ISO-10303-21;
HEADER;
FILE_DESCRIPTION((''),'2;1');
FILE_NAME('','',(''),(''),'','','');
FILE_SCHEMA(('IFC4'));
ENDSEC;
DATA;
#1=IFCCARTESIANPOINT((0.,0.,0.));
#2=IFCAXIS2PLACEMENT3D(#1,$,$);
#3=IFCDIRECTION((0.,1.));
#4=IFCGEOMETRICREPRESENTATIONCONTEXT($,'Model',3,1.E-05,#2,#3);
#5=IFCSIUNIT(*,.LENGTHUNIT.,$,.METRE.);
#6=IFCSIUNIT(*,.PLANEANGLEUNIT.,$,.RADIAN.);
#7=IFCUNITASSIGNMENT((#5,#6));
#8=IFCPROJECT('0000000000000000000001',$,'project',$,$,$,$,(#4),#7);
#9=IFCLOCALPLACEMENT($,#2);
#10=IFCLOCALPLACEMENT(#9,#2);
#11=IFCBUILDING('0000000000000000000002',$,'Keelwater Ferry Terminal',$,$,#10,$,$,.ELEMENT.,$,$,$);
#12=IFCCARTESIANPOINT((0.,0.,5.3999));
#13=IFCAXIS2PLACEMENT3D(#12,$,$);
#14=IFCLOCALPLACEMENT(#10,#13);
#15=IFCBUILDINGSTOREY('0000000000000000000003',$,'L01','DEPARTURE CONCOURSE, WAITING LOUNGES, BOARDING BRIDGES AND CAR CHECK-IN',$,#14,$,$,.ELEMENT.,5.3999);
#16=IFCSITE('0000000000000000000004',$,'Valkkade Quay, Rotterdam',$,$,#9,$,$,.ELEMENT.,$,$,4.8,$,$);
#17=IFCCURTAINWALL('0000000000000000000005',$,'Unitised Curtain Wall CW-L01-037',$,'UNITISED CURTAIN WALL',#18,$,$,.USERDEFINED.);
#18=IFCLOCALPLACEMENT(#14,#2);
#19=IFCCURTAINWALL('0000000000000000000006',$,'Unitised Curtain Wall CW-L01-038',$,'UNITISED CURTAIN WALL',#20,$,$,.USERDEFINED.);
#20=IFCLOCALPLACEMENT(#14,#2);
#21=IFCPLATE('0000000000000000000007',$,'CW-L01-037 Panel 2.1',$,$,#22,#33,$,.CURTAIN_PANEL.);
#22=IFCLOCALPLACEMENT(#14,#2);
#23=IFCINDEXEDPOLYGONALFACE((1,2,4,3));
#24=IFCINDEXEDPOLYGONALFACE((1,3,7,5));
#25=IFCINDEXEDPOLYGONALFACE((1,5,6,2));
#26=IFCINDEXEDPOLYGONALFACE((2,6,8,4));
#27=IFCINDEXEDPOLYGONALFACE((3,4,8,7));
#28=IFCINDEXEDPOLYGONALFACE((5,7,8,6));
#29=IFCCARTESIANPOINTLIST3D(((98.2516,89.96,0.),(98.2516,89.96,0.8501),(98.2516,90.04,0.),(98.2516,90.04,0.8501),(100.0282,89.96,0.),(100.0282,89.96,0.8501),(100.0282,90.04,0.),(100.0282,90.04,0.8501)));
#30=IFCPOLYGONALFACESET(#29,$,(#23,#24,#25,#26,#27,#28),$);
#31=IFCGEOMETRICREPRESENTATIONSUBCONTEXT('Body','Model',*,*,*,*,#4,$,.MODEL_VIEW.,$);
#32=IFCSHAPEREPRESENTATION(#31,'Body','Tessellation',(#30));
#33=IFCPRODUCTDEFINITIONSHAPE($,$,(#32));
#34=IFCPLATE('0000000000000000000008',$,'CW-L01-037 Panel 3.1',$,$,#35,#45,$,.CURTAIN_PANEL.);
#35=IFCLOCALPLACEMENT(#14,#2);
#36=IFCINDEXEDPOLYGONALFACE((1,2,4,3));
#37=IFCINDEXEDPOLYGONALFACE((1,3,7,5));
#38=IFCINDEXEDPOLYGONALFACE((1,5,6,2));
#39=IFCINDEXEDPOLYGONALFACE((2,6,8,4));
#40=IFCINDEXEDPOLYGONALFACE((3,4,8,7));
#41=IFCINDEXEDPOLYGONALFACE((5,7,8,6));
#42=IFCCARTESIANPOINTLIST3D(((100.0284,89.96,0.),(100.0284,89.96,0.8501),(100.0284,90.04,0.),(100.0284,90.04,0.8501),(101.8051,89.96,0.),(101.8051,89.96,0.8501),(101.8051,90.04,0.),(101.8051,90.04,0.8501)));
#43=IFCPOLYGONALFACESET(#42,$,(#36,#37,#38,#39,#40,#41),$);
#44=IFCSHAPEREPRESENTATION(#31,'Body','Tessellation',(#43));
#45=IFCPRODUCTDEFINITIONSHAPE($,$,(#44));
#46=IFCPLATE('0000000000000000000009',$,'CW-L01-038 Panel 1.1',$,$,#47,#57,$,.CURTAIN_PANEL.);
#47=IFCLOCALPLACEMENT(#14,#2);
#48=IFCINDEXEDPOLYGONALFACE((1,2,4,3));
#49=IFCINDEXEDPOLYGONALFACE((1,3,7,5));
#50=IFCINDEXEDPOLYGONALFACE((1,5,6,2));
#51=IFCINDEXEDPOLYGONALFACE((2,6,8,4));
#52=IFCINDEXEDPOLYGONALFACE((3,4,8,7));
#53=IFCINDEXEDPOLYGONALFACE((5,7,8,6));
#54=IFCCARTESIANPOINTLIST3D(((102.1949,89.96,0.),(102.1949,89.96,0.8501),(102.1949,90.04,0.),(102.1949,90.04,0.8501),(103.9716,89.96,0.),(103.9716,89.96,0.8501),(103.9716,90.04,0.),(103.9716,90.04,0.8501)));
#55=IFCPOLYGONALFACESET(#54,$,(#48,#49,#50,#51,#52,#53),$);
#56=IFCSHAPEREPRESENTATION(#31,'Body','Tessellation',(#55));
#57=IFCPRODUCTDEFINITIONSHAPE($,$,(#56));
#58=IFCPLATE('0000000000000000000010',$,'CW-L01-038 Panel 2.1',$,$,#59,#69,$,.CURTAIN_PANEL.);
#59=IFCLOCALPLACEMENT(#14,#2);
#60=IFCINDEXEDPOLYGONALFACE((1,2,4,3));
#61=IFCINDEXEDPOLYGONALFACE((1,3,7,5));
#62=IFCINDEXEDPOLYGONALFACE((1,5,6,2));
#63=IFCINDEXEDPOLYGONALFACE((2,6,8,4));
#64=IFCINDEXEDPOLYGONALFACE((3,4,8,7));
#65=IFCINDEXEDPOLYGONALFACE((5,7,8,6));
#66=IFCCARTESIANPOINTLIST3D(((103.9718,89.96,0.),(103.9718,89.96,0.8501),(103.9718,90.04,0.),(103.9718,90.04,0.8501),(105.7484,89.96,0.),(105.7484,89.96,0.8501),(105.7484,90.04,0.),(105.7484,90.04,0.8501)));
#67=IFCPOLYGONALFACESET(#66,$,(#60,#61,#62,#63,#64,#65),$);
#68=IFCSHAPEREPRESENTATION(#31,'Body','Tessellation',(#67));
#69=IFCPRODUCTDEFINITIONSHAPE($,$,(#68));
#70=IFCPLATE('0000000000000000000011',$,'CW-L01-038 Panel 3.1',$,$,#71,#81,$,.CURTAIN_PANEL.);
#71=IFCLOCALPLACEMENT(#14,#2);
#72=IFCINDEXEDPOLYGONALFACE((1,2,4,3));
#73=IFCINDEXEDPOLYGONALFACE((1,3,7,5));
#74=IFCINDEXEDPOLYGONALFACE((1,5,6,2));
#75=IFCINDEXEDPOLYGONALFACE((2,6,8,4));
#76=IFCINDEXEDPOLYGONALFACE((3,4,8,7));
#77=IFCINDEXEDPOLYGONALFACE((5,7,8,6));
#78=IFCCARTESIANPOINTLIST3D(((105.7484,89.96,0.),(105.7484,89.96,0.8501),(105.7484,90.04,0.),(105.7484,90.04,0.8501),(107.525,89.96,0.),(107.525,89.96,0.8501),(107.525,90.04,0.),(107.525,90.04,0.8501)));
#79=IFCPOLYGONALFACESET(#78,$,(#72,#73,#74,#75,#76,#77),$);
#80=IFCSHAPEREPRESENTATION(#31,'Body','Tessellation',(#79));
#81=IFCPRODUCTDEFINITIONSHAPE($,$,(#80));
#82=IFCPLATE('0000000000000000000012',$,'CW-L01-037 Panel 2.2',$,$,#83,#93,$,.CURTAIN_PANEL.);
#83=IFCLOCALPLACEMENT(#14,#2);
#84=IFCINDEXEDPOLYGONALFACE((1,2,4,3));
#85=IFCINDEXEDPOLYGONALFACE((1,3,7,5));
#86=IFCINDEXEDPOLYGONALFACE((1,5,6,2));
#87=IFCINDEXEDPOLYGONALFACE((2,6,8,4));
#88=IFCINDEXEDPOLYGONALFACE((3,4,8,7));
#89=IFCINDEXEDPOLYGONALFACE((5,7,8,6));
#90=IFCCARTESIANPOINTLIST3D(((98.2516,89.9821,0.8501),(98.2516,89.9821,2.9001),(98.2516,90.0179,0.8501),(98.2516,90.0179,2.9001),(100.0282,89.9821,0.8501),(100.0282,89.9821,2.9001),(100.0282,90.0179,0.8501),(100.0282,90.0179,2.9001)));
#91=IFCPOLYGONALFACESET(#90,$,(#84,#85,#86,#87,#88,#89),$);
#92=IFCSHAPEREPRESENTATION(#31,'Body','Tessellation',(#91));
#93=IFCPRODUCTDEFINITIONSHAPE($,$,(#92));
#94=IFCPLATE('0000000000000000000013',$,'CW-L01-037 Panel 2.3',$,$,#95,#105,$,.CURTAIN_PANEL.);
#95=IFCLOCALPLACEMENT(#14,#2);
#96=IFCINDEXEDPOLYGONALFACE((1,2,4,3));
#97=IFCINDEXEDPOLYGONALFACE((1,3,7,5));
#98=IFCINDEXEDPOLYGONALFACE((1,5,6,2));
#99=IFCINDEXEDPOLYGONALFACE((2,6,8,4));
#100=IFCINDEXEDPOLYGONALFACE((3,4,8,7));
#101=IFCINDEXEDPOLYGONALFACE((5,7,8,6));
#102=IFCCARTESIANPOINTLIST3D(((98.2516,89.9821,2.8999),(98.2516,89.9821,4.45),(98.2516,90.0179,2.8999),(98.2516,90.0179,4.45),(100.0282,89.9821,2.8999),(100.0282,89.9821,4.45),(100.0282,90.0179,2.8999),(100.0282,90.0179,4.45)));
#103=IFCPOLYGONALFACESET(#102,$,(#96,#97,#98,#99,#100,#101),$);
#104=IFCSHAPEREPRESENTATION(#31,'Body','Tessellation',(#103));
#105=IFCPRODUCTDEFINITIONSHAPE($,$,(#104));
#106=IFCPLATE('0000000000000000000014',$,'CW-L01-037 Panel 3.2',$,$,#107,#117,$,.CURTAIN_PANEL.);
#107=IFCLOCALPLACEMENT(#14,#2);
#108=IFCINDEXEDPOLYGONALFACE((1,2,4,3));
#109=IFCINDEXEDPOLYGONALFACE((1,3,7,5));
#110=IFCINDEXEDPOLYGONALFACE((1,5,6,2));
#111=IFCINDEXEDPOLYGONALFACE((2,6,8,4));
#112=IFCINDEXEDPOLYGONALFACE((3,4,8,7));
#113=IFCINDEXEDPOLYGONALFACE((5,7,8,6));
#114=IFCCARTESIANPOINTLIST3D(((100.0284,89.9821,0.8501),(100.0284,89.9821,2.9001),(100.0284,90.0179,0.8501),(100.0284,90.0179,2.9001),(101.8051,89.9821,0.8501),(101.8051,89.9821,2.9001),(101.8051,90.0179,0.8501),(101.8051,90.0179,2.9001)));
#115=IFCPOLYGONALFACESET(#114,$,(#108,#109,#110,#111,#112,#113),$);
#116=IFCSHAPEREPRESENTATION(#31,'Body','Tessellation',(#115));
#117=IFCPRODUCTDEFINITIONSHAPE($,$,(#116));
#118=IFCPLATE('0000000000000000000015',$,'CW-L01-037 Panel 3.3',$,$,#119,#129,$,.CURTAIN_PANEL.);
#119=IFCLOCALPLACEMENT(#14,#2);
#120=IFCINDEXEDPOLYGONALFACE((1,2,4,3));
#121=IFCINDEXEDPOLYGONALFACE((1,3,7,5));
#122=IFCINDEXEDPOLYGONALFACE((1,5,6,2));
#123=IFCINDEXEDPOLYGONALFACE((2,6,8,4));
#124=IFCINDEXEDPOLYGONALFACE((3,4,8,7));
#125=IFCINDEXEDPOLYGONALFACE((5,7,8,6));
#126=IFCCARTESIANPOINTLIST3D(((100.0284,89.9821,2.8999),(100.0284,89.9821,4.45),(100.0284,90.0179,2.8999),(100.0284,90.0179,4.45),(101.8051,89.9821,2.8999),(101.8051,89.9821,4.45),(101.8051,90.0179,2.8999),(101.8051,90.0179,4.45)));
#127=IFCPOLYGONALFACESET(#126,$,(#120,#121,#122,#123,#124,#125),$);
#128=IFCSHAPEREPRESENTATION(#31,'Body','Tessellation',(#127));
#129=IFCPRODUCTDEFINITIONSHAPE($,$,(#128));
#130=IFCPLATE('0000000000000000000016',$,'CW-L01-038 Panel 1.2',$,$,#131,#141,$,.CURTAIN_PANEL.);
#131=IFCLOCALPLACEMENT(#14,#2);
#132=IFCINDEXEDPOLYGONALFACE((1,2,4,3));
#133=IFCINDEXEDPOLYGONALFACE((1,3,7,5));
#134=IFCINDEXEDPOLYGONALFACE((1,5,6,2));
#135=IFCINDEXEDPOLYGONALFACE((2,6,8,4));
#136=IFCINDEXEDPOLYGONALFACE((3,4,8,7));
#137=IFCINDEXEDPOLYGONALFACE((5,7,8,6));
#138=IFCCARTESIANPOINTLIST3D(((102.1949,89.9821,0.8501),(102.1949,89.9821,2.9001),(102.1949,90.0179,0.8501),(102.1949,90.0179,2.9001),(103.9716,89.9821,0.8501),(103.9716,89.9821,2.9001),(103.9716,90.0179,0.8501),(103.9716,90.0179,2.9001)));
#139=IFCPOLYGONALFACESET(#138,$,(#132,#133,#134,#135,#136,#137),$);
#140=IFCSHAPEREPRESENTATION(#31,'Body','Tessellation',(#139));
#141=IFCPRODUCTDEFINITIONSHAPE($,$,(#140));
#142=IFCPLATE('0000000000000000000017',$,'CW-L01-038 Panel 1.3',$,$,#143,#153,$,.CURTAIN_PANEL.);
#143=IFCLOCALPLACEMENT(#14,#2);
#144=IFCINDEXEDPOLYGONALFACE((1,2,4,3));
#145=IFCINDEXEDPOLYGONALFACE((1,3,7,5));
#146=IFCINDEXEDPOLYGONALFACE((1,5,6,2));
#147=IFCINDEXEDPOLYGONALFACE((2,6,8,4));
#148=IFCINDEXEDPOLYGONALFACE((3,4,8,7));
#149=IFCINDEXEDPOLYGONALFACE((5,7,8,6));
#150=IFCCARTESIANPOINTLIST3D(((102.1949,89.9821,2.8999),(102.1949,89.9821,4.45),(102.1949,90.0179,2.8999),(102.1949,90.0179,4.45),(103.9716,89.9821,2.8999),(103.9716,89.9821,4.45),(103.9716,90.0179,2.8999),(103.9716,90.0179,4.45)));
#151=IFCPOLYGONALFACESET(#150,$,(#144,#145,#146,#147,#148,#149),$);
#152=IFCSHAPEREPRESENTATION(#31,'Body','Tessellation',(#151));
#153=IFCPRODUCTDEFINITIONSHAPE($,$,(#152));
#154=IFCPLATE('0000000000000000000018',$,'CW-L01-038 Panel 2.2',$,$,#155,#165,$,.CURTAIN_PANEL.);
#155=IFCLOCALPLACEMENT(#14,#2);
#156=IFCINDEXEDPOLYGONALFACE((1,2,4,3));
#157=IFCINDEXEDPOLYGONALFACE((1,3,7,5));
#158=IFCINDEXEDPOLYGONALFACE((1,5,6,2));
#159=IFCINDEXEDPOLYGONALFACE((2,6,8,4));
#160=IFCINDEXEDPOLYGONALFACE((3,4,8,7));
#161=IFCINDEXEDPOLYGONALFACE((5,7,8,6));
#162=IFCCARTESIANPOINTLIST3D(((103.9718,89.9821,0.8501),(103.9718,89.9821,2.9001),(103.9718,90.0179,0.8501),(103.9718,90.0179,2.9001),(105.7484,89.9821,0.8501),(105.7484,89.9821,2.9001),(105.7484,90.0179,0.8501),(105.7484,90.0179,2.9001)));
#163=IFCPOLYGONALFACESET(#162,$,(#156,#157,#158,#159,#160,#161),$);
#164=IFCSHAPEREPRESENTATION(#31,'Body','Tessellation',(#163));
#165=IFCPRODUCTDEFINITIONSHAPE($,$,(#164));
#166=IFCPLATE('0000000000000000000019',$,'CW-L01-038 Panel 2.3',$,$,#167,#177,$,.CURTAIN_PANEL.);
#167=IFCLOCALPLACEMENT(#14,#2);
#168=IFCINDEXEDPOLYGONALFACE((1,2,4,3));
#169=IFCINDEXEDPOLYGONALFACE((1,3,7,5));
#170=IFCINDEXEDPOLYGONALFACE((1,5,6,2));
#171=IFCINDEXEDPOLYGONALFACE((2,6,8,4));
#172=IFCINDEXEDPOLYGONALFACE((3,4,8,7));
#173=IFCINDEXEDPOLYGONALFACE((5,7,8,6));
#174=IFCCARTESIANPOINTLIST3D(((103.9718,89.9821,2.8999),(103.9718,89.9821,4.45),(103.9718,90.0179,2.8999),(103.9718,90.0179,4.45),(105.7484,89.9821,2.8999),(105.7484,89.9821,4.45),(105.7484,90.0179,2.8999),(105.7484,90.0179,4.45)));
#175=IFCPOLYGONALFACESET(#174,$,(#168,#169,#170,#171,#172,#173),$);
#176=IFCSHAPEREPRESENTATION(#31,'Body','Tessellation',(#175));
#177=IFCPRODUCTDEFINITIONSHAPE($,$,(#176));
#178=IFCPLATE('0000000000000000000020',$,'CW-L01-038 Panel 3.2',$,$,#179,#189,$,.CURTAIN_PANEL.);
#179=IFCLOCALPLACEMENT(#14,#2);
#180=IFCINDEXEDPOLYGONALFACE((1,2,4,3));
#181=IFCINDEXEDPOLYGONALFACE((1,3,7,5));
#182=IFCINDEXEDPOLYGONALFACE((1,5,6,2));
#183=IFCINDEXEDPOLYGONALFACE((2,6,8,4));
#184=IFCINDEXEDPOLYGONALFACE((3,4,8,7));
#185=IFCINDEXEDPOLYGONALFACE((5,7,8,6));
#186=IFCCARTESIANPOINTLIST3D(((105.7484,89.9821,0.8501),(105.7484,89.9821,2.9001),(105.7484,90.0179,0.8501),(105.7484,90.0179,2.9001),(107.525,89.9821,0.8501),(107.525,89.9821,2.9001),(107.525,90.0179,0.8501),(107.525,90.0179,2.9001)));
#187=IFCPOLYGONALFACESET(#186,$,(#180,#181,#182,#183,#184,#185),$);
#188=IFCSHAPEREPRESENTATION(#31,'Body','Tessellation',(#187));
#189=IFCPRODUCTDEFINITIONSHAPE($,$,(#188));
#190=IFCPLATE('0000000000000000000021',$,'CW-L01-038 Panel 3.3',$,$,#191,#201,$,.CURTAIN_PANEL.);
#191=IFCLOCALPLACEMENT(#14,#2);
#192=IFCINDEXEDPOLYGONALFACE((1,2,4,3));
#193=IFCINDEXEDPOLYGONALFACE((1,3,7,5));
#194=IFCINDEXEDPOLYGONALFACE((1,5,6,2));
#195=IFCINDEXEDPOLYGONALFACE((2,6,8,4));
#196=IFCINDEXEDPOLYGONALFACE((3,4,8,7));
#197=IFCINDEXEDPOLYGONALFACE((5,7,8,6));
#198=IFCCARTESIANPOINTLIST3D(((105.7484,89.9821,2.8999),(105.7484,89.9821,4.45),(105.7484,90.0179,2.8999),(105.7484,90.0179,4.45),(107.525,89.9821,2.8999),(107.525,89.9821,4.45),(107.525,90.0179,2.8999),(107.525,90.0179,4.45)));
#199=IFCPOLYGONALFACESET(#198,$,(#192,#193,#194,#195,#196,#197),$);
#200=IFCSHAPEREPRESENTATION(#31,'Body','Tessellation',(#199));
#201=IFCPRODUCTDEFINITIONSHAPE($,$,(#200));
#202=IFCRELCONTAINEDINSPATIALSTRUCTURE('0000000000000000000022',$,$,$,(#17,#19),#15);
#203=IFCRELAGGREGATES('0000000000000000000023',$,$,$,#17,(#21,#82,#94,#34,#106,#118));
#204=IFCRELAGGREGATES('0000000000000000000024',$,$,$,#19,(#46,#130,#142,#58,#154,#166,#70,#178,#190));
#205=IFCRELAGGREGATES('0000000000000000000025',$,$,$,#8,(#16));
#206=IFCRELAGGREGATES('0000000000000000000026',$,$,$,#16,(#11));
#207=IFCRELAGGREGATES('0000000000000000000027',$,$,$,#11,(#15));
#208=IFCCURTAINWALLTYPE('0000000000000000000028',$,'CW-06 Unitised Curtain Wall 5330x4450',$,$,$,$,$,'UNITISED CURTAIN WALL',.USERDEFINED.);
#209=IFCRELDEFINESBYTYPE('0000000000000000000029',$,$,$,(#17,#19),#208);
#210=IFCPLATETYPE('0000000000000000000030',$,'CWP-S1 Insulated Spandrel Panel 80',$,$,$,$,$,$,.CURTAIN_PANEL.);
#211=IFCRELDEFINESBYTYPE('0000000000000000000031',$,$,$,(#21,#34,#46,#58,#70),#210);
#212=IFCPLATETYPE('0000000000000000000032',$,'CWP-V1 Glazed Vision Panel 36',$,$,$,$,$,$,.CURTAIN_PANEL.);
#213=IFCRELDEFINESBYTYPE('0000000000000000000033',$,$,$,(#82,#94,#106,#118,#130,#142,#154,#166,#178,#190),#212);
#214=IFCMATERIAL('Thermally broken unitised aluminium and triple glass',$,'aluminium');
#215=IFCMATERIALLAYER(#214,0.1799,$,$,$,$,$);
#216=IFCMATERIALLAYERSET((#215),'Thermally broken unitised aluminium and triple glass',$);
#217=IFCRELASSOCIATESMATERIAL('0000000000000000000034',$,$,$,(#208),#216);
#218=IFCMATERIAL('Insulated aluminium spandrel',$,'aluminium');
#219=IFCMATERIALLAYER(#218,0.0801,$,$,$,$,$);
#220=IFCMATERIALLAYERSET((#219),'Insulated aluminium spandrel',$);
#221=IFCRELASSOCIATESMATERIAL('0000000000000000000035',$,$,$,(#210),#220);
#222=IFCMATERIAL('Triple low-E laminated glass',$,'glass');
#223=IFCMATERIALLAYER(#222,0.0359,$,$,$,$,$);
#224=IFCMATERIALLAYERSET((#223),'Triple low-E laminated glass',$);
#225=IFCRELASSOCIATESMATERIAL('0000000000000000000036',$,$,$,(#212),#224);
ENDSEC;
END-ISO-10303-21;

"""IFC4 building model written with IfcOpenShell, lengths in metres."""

from ifc_helpers import new_model, si_unit, direction, frame, origin, origin_2d, place, context, subcontext, project, spatial, rectangle, extrude, material, layer, layer_set, type_object, element, aggregate, save


model = new_model("IFC4")

# Units and contexts
model_context = context("Model", 3, precision=1e-05, world=origin(), true_north=direction((0.0, 1.0)))
body_context = subcontext(model_context, "Body", "Model", "MODEL_VIEW")
ifc_project = project(units=[si_unit("LENGTHUNIT", "METRE"), si_unit("PLANEANGLEUNIT", "RADIAN")], contexts=[model_context])

# Site, building, storey
site_placement = place(None, origin())
site = spatial("IfcSite", under=ifc_project, at=site_placement, Name="Valkkade Quay, Rotterdam", CompositionType="ELEMENT", RefElevation=4.8)
building_placement = place(site_placement, origin())
building = spatial("IfcBuilding", under=site, at=building_placement, Name="Keelwater Ferry Terminal", CompositionType="ELEMENT")
storey_placement = place(building_placement, frame((0.0, 0.0, 5.3999)))
storey = spatial("IfcBuildingStorey", under=building, at=storey_placement, Name="L01", Description="DEPARTURE CONCOURSE, WAITING LOUNGES, BOARDING BRIDGES AND CAR CHECK-IN", CompositionType="ELEMENT", Elevation=5.3999)

# Curtain walls
ifc_material_1 = material(Name="Thermally broken unitised aluminium and triple glass", Category="aluminium")
ifc_layer_1 = layer(ifc_material_1, 0.1799)
ifc_layer_set_1 = layer_set([ifc_layer_1], Name="Thermally broken unitised aluminium and triple glass")
curtain_wall_type = type_object("IfcCurtainWallType", Name="CW-06 Unitised Curtain Wall 5330x4450", ElementType="UNITISED CURTAIN WALL", PredefinedType="USERDEFINED", material=ifc_layer_set_1)
curtain_wall_1_placement = place(storey_placement, origin())
curtain_wall_1 = element("IfcCurtainWall", 1, at=curtain_wall_1_placement, inside=storey, type_object=curtain_wall_type, Name="Unitised Curtain Wall CW-L01-037", ObjectType="UNITISED CURTAIN WALL", PredefinedType="USERDEFINED")
curtain_wall_2_placement = place(storey_placement, origin())
curtain_wall_2 = element("IfcCurtainWall", 2, at=curtain_wall_2_placement, inside=storey, type_object=curtain_wall_type, Name="Unitised Curtain Wall CW-L01-038", ObjectType="UNITISED CURTAIN WALL", PredefinedType="USERDEFINED")

# Plates
ifc_material_2 = material(Name="Insulated aluminium spandrel", Category="aluminium")
ifc_layer_2 = layer(ifc_material_2, 0.0801)
ifc_layer_set_2 = layer_set([ifc_layer_2], Name="Insulated aluminium spandrel")
plate_type_1 = type_object("IfcPlateType", Name="CWP-S1 Insulated Spandrel Panel 80", PredefinedType="CURTAIN_PANEL", material=ifc_layer_set_2)
plate_1_placement = place(storey_placement, frame((99.1399, 90.0, 0.0), z_axis=(0.0, 0.0, 1.0), x_axis=(1.0, 0.0, 0.0)))
plate_1 = element("IfcPlate", 3, at=plate_1_placement, type_object=plate_type_1, Name="CW-L01-037 Panel 2.1", PredefinedType="CURTAIN_PANEL", context=body_context, shape_type="SweptSolid", body=[
    extrude(rectangle(XDim=1.7766, YDim=0.0801, at=origin_2d()), origin(), (0.0, 0.0, 1.0), 0.8501),
])
plate_2_placement = place(storey_placement, frame((100.9167, 90.0, 0.0), z_axis=(0.0, 0.0, 1.0), x_axis=(1.0, 0.0, 0.0)))
plate_2 = element("IfcPlate", 4, at=plate_2_placement, type_object=plate_type_1, Name="CW-L01-037 Panel 3.1", PredefinedType="CURTAIN_PANEL", context=body_context, shape_type="SweptSolid", body=[
    extrude(rectangle(XDim=1.7766, YDim=0.0801, at=origin_2d()), origin(), (0.0, 0.0, 1.0), 0.8501),
])
plate_3_placement = place(storey_placement, frame((103.0833, 90.0, 0.0), z_axis=(0.0, 0.0, 1.0), x_axis=(1.0, 0.0, 0.0)))
plate_3 = element("IfcPlate", 5, at=plate_3_placement, type_object=plate_type_1, Name="CW-L01-038 Panel 1.1", PredefinedType="CURTAIN_PANEL", context=body_context, shape_type="SweptSolid", body=[
    extrude(rectangle(XDim=1.7766, YDim=0.0801, at=origin_2d()), origin(), (0.0, 0.0, 1.0), 0.8501),
])
plate_4_placement = place(storey_placement, frame((104.8601, 90.0, 0.0), z_axis=(0.0, 0.0, 1.0), x_axis=(1.0, 0.0, 0.0)))
plate_4 = element("IfcPlate", 6, at=plate_4_placement, type_object=plate_type_1, Name="CW-L01-038 Panel 2.1", PredefinedType="CURTAIN_PANEL", context=body_context, shape_type="SweptSolid", body=[
    extrude(rectangle(XDim=1.7766, YDim=0.0801, at=origin_2d()), origin(), (0.0, 0.0, 1.0), 0.8501),
])
plate_5_placement = place(storey_placement, frame((106.6367, 90.0, 0.0), z_axis=(0.0, 0.0, 1.0), x_axis=(1.0, 0.0, 0.0)))
plate_5 = element("IfcPlate", 7, at=plate_5_placement, type_object=plate_type_1, Name="CW-L01-038 Panel 3.1", PredefinedType="CURTAIN_PANEL", context=body_context, shape_type="SweptSolid", body=[
    extrude(rectangle(XDim=1.7766, YDim=0.0801, at=origin_2d()), origin(), (0.0, 0.0, 1.0), 0.8501),
])
ifc_material_3 = material(Name="Triple low-E laminated glass", Category="glass")
ifc_layer_3 = layer(ifc_material_3, 0.0359)
ifc_layer_set_3 = layer_set([ifc_layer_3], Name="Triple low-E laminated glass")
plate_type_2 = type_object("IfcPlateType", Name="CWP-V1 Glazed Vision Panel 36", PredefinedType="CURTAIN_PANEL", material=ifc_layer_set_3)
plate_6_placement = place(storey_placement, frame((99.1399, 90.0, 0.8501), z_axis=(0.0, 0.0, 1.0), x_axis=(1.0, 0.0, 0.0)))
plate_6 = element("IfcPlate", 8, at=plate_6_placement, type_object=plate_type_2, Name="CW-L01-037 Panel 2.2", PredefinedType="CURTAIN_PANEL", context=body_context, shape_type="SweptSolid", body=[
    extrude(rectangle(XDim=1.7766, YDim=0.0359, at=origin_2d()), origin(), (0.0, 0.0, 1.0), 2.05),
])
plate_7_placement = place(storey_placement, frame((99.1399, 90.0, 2.8999), z_axis=(0.0, 0.0, 1.0), x_axis=(1.0, 0.0, 0.0)))
plate_7 = element("IfcPlate", 9, at=plate_7_placement, type_object=plate_type_2, Name="CW-L01-037 Panel 2.3", PredefinedType="CURTAIN_PANEL", context=body_context, shape_type="SweptSolid", body=[
    extrude(rectangle(XDim=1.7766, YDim=0.0359, at=origin_2d()), origin(), (0.0, 0.0, 1.0), 1.55),
])
plate_8_placement = place(storey_placement, frame((100.9167, 90.0, 0.8501), z_axis=(0.0, 0.0, 1.0), x_axis=(1.0, 0.0, 0.0)))
plate_8 = element("IfcPlate", 10, at=plate_8_placement, type_object=plate_type_2, Name="CW-L01-037 Panel 3.2", PredefinedType="CURTAIN_PANEL", context=body_context, shape_type="SweptSolid", body=[
    extrude(rectangle(XDim=1.7766, YDim=0.0359, at=origin_2d()), origin(), (0.0, 0.0, 1.0), 2.05),
])
plate_9_placement = place(storey_placement, frame((100.9167, 90.0, 2.8999), z_axis=(0.0, 0.0, 1.0), x_axis=(1.0, 0.0, 0.0)))
plate_9 = element("IfcPlate", 11, at=plate_9_placement, type_object=plate_type_2, Name="CW-L01-037 Panel 3.3", PredefinedType="CURTAIN_PANEL", context=body_context, shape_type="SweptSolid", body=[
    extrude(rectangle(XDim=1.7766, YDim=0.0359, at=origin_2d()), origin(), (0.0, 0.0, 1.0), 1.55),
])
aggregate(curtain_wall_1, [plate_1, plate_6, plate_7, plate_2, plate_8, plate_9])
plate_10_placement = place(storey_placement, frame((103.0833, 90.0, 0.8501), z_axis=(0.0, 0.0, 1.0), x_axis=(1.0, 0.0, 0.0)))
plate_10 = element("IfcPlate", 12, at=plate_10_placement, type_object=plate_type_2, Name="CW-L01-038 Panel 1.2", PredefinedType="CURTAIN_PANEL", context=body_context, shape_type="SweptSolid", body=[
    extrude(rectangle(XDim=1.7766, YDim=0.0359, at=origin_2d()), origin(), (0.0, 0.0, 1.0), 2.05),
])
plate_11_placement = place(storey_placement, frame((103.0833, 90.0, 2.8999), z_axis=(0.0, 0.0, 1.0), x_axis=(1.0, 0.0, 0.0)))
plate_11 = element("IfcPlate", 13, at=plate_11_placement, type_object=plate_type_2, Name="CW-L01-038 Panel 1.3", PredefinedType="CURTAIN_PANEL", context=body_context, shape_type="SweptSolid", body=[
    extrude(rectangle(XDim=1.7766, YDim=0.0359, at=origin_2d()), origin(), (0.0, 0.0, 1.0), 1.55),
])
plate_12_placement = place(storey_placement, frame((104.8601, 90.0, 0.8501), z_axis=(0.0, 0.0, 1.0), x_axis=(1.0, 0.0, 0.0)))
plate_12 = element("IfcPlate", 14, at=plate_12_placement, type_object=plate_type_2, Name="CW-L01-038 Panel 2.2", PredefinedType="CURTAIN_PANEL", context=body_context, shape_type="SweptSolid", body=[
    extrude(rectangle(XDim=1.7766, YDim=0.0359, at=origin_2d()), origin(), (0.0, 0.0, 1.0), 2.05),
])
plate_13_placement = place(storey_placement, frame((104.8601, 90.0, 2.8999), z_axis=(0.0, 0.0, 1.0), x_axis=(1.0, 0.0, 0.0)))
plate_13 = element("IfcPlate", 15, at=plate_13_placement, type_object=plate_type_2, Name="CW-L01-038 Panel 2.3", PredefinedType="CURTAIN_PANEL", context=body_context, shape_type="SweptSolid", body=[
    extrude(rectangle(XDim=1.7766, YDim=0.0359, at=origin_2d()), origin(), (0.0, 0.0, 1.0), 1.55),
])
plate_14_placement = place(storey_placement, frame((106.6367, 90.0, 0.8501), z_axis=(0.0, 0.0, 1.0), x_axis=(1.0, 0.0, 0.0)))
plate_14 = element("IfcPlate", 16, at=plate_14_placement, type_object=plate_type_2, Name="CW-L01-038 Panel 3.2", PredefinedType="CURTAIN_PANEL", context=body_context, shape_type="SweptSolid", body=[
    extrude(rectangle(XDim=1.7766, YDim=0.0359, at=origin_2d()), origin(), (0.0, 0.0, 1.0), 2.05),
])
plate_15_placement = place(storey_placement, frame((106.6367, 90.0, 2.8999), z_axis=(0.0, 0.0, 1.0), x_axis=(1.0, 0.0, 0.0)))
plate_15 = element("IfcPlate", 17, at=plate_15_placement, type_object=plate_type_2, Name="CW-L01-038 Panel 3.3", PredefinedType="CURTAIN_PANEL", context=body_context, shape_type="SweptSolid", body=[
    extrude(rectangle(XDim=1.7766, YDim=0.0359, at=origin_2d()), origin(), (0.0, 0.0, 1.0), 1.55),
])
aggregate(curtain_wall_2, [plate_3, plate_10, plate_11, plate_4, plate_12, plate_13, plate_5, plate_14, plate_15])

save(model, "model.ifc")
